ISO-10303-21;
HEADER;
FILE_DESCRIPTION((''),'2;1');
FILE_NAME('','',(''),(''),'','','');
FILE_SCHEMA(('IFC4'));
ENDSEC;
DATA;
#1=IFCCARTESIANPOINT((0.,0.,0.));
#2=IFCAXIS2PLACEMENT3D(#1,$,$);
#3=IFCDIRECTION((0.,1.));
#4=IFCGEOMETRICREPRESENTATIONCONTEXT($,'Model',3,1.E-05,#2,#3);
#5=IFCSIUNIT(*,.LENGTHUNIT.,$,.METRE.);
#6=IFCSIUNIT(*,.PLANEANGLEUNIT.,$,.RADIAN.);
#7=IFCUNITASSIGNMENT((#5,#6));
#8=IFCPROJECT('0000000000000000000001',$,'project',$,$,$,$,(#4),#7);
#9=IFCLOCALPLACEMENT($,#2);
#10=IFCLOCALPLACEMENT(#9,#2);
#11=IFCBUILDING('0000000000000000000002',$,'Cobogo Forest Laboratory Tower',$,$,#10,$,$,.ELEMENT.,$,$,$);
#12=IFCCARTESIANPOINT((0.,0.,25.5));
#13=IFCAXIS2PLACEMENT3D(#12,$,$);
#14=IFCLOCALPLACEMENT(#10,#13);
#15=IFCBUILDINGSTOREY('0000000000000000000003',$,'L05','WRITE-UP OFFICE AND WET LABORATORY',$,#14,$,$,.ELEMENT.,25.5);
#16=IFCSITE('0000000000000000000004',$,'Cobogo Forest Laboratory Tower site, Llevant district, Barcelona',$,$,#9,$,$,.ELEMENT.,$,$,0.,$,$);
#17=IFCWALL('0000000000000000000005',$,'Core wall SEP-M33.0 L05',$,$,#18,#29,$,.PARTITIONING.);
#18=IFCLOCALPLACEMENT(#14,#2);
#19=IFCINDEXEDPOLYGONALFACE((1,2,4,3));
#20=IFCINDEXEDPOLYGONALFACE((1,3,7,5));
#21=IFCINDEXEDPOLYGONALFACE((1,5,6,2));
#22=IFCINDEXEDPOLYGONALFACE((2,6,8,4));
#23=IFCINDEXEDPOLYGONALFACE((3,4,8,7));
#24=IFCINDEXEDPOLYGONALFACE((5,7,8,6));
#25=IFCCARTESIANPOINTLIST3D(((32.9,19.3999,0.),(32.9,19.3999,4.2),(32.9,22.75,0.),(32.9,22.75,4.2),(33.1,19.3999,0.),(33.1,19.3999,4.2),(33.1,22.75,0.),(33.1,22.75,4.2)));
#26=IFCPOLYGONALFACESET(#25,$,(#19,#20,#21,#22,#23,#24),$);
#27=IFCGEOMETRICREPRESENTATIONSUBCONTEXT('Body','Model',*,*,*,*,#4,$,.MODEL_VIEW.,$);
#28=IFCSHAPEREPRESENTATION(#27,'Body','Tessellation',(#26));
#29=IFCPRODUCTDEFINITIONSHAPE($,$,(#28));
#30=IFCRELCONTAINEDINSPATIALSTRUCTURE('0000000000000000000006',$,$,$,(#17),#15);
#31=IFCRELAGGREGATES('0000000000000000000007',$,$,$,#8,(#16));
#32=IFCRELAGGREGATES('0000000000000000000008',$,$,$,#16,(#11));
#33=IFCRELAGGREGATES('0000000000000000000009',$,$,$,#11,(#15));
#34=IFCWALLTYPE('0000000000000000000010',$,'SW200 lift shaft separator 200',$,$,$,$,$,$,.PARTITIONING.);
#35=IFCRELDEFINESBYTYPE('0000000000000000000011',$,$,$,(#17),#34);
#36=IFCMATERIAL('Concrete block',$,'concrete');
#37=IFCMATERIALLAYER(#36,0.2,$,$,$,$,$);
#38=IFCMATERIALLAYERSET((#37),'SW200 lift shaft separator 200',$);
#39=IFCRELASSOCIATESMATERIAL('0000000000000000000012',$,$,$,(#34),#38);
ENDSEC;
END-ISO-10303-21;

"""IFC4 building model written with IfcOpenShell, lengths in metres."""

from ifc_helpers import new_model, si_unit, direction, frame, frame_2d, origin, place, context, subcontext, project, spatial, rectangle, extrude, material, layer, layer_set, type_object, element, save


model = new_model("IFC4")

# Units and contexts
model_context = context("Model", 3, precision=1e-05, world=origin(), true_north=direction((0.0, 1.0)))
body_context = subcontext(model_context, "Body", "Model", "MODEL_VIEW")
ifc_project = project(units=[si_unit("LENGTHUNIT", "METRE"), si_unit("PLANEANGLEUNIT", "RADIAN")], contexts=[model_context])

# Site, building, storey
site_placement = place(None, origin())
site = spatial("IfcSite", under=ifc_project, at=site_placement, Name="Cobogo Forest Laboratory Tower site, Llevant district, Barcelona", CompositionType="ELEMENT", RefElevation=0.0)
building_placement = place(site_placement, origin())
building = spatial("IfcBuilding", under=site, at=building_placement, Name="Cobogo Forest Laboratory Tower", CompositionType="ELEMENT")
storey_placement = place(building_placement, frame((0.0, 0.0, 25.5)))
storey = spatial("IfcBuildingStorey", under=building, at=storey_placement, Name="L05", Description="WRITE-UP OFFICE AND WET LABORATORY", CompositionType="ELEMENT", Elevation=25.5)

# Wall
ifc_material_1 = material(Name="Concrete block", Category="concrete")
ifc_layer_1 = layer(ifc_material_1, 0.2)
ifc_layer_set_1 = layer_set([ifc_layer_1], Name="SW200 lift shaft separator 200")
wall_type_1 = type_object("IfcWallType", Name="SW200 lift shaft separator 200", PredefinedType="PARTITIONING", material=ifc_layer_set_1)
wall_1_placement = place(storey_placement, frame((33.0, 19.3999, 0.0), z_axis=(0.0, 0.0, 1.0), x_axis=(0.0, 1.0, 0.0)))
element("IfcWall", 1, at=wall_1_placement, inside=storey, type_object=wall_type_1, Name="Core wall SEP-M33.0 L05", PredefinedType="PARTITIONING", context=body_context, shape_type="SweptSolid", body=[
    extrude(rectangle(XDim=3.3501, YDim=0.2, at=frame_2d((1.675, 0.0))), origin(), (0.0, 0.0, 1.0), 4.2),
])

save(model, "model.ifc")
